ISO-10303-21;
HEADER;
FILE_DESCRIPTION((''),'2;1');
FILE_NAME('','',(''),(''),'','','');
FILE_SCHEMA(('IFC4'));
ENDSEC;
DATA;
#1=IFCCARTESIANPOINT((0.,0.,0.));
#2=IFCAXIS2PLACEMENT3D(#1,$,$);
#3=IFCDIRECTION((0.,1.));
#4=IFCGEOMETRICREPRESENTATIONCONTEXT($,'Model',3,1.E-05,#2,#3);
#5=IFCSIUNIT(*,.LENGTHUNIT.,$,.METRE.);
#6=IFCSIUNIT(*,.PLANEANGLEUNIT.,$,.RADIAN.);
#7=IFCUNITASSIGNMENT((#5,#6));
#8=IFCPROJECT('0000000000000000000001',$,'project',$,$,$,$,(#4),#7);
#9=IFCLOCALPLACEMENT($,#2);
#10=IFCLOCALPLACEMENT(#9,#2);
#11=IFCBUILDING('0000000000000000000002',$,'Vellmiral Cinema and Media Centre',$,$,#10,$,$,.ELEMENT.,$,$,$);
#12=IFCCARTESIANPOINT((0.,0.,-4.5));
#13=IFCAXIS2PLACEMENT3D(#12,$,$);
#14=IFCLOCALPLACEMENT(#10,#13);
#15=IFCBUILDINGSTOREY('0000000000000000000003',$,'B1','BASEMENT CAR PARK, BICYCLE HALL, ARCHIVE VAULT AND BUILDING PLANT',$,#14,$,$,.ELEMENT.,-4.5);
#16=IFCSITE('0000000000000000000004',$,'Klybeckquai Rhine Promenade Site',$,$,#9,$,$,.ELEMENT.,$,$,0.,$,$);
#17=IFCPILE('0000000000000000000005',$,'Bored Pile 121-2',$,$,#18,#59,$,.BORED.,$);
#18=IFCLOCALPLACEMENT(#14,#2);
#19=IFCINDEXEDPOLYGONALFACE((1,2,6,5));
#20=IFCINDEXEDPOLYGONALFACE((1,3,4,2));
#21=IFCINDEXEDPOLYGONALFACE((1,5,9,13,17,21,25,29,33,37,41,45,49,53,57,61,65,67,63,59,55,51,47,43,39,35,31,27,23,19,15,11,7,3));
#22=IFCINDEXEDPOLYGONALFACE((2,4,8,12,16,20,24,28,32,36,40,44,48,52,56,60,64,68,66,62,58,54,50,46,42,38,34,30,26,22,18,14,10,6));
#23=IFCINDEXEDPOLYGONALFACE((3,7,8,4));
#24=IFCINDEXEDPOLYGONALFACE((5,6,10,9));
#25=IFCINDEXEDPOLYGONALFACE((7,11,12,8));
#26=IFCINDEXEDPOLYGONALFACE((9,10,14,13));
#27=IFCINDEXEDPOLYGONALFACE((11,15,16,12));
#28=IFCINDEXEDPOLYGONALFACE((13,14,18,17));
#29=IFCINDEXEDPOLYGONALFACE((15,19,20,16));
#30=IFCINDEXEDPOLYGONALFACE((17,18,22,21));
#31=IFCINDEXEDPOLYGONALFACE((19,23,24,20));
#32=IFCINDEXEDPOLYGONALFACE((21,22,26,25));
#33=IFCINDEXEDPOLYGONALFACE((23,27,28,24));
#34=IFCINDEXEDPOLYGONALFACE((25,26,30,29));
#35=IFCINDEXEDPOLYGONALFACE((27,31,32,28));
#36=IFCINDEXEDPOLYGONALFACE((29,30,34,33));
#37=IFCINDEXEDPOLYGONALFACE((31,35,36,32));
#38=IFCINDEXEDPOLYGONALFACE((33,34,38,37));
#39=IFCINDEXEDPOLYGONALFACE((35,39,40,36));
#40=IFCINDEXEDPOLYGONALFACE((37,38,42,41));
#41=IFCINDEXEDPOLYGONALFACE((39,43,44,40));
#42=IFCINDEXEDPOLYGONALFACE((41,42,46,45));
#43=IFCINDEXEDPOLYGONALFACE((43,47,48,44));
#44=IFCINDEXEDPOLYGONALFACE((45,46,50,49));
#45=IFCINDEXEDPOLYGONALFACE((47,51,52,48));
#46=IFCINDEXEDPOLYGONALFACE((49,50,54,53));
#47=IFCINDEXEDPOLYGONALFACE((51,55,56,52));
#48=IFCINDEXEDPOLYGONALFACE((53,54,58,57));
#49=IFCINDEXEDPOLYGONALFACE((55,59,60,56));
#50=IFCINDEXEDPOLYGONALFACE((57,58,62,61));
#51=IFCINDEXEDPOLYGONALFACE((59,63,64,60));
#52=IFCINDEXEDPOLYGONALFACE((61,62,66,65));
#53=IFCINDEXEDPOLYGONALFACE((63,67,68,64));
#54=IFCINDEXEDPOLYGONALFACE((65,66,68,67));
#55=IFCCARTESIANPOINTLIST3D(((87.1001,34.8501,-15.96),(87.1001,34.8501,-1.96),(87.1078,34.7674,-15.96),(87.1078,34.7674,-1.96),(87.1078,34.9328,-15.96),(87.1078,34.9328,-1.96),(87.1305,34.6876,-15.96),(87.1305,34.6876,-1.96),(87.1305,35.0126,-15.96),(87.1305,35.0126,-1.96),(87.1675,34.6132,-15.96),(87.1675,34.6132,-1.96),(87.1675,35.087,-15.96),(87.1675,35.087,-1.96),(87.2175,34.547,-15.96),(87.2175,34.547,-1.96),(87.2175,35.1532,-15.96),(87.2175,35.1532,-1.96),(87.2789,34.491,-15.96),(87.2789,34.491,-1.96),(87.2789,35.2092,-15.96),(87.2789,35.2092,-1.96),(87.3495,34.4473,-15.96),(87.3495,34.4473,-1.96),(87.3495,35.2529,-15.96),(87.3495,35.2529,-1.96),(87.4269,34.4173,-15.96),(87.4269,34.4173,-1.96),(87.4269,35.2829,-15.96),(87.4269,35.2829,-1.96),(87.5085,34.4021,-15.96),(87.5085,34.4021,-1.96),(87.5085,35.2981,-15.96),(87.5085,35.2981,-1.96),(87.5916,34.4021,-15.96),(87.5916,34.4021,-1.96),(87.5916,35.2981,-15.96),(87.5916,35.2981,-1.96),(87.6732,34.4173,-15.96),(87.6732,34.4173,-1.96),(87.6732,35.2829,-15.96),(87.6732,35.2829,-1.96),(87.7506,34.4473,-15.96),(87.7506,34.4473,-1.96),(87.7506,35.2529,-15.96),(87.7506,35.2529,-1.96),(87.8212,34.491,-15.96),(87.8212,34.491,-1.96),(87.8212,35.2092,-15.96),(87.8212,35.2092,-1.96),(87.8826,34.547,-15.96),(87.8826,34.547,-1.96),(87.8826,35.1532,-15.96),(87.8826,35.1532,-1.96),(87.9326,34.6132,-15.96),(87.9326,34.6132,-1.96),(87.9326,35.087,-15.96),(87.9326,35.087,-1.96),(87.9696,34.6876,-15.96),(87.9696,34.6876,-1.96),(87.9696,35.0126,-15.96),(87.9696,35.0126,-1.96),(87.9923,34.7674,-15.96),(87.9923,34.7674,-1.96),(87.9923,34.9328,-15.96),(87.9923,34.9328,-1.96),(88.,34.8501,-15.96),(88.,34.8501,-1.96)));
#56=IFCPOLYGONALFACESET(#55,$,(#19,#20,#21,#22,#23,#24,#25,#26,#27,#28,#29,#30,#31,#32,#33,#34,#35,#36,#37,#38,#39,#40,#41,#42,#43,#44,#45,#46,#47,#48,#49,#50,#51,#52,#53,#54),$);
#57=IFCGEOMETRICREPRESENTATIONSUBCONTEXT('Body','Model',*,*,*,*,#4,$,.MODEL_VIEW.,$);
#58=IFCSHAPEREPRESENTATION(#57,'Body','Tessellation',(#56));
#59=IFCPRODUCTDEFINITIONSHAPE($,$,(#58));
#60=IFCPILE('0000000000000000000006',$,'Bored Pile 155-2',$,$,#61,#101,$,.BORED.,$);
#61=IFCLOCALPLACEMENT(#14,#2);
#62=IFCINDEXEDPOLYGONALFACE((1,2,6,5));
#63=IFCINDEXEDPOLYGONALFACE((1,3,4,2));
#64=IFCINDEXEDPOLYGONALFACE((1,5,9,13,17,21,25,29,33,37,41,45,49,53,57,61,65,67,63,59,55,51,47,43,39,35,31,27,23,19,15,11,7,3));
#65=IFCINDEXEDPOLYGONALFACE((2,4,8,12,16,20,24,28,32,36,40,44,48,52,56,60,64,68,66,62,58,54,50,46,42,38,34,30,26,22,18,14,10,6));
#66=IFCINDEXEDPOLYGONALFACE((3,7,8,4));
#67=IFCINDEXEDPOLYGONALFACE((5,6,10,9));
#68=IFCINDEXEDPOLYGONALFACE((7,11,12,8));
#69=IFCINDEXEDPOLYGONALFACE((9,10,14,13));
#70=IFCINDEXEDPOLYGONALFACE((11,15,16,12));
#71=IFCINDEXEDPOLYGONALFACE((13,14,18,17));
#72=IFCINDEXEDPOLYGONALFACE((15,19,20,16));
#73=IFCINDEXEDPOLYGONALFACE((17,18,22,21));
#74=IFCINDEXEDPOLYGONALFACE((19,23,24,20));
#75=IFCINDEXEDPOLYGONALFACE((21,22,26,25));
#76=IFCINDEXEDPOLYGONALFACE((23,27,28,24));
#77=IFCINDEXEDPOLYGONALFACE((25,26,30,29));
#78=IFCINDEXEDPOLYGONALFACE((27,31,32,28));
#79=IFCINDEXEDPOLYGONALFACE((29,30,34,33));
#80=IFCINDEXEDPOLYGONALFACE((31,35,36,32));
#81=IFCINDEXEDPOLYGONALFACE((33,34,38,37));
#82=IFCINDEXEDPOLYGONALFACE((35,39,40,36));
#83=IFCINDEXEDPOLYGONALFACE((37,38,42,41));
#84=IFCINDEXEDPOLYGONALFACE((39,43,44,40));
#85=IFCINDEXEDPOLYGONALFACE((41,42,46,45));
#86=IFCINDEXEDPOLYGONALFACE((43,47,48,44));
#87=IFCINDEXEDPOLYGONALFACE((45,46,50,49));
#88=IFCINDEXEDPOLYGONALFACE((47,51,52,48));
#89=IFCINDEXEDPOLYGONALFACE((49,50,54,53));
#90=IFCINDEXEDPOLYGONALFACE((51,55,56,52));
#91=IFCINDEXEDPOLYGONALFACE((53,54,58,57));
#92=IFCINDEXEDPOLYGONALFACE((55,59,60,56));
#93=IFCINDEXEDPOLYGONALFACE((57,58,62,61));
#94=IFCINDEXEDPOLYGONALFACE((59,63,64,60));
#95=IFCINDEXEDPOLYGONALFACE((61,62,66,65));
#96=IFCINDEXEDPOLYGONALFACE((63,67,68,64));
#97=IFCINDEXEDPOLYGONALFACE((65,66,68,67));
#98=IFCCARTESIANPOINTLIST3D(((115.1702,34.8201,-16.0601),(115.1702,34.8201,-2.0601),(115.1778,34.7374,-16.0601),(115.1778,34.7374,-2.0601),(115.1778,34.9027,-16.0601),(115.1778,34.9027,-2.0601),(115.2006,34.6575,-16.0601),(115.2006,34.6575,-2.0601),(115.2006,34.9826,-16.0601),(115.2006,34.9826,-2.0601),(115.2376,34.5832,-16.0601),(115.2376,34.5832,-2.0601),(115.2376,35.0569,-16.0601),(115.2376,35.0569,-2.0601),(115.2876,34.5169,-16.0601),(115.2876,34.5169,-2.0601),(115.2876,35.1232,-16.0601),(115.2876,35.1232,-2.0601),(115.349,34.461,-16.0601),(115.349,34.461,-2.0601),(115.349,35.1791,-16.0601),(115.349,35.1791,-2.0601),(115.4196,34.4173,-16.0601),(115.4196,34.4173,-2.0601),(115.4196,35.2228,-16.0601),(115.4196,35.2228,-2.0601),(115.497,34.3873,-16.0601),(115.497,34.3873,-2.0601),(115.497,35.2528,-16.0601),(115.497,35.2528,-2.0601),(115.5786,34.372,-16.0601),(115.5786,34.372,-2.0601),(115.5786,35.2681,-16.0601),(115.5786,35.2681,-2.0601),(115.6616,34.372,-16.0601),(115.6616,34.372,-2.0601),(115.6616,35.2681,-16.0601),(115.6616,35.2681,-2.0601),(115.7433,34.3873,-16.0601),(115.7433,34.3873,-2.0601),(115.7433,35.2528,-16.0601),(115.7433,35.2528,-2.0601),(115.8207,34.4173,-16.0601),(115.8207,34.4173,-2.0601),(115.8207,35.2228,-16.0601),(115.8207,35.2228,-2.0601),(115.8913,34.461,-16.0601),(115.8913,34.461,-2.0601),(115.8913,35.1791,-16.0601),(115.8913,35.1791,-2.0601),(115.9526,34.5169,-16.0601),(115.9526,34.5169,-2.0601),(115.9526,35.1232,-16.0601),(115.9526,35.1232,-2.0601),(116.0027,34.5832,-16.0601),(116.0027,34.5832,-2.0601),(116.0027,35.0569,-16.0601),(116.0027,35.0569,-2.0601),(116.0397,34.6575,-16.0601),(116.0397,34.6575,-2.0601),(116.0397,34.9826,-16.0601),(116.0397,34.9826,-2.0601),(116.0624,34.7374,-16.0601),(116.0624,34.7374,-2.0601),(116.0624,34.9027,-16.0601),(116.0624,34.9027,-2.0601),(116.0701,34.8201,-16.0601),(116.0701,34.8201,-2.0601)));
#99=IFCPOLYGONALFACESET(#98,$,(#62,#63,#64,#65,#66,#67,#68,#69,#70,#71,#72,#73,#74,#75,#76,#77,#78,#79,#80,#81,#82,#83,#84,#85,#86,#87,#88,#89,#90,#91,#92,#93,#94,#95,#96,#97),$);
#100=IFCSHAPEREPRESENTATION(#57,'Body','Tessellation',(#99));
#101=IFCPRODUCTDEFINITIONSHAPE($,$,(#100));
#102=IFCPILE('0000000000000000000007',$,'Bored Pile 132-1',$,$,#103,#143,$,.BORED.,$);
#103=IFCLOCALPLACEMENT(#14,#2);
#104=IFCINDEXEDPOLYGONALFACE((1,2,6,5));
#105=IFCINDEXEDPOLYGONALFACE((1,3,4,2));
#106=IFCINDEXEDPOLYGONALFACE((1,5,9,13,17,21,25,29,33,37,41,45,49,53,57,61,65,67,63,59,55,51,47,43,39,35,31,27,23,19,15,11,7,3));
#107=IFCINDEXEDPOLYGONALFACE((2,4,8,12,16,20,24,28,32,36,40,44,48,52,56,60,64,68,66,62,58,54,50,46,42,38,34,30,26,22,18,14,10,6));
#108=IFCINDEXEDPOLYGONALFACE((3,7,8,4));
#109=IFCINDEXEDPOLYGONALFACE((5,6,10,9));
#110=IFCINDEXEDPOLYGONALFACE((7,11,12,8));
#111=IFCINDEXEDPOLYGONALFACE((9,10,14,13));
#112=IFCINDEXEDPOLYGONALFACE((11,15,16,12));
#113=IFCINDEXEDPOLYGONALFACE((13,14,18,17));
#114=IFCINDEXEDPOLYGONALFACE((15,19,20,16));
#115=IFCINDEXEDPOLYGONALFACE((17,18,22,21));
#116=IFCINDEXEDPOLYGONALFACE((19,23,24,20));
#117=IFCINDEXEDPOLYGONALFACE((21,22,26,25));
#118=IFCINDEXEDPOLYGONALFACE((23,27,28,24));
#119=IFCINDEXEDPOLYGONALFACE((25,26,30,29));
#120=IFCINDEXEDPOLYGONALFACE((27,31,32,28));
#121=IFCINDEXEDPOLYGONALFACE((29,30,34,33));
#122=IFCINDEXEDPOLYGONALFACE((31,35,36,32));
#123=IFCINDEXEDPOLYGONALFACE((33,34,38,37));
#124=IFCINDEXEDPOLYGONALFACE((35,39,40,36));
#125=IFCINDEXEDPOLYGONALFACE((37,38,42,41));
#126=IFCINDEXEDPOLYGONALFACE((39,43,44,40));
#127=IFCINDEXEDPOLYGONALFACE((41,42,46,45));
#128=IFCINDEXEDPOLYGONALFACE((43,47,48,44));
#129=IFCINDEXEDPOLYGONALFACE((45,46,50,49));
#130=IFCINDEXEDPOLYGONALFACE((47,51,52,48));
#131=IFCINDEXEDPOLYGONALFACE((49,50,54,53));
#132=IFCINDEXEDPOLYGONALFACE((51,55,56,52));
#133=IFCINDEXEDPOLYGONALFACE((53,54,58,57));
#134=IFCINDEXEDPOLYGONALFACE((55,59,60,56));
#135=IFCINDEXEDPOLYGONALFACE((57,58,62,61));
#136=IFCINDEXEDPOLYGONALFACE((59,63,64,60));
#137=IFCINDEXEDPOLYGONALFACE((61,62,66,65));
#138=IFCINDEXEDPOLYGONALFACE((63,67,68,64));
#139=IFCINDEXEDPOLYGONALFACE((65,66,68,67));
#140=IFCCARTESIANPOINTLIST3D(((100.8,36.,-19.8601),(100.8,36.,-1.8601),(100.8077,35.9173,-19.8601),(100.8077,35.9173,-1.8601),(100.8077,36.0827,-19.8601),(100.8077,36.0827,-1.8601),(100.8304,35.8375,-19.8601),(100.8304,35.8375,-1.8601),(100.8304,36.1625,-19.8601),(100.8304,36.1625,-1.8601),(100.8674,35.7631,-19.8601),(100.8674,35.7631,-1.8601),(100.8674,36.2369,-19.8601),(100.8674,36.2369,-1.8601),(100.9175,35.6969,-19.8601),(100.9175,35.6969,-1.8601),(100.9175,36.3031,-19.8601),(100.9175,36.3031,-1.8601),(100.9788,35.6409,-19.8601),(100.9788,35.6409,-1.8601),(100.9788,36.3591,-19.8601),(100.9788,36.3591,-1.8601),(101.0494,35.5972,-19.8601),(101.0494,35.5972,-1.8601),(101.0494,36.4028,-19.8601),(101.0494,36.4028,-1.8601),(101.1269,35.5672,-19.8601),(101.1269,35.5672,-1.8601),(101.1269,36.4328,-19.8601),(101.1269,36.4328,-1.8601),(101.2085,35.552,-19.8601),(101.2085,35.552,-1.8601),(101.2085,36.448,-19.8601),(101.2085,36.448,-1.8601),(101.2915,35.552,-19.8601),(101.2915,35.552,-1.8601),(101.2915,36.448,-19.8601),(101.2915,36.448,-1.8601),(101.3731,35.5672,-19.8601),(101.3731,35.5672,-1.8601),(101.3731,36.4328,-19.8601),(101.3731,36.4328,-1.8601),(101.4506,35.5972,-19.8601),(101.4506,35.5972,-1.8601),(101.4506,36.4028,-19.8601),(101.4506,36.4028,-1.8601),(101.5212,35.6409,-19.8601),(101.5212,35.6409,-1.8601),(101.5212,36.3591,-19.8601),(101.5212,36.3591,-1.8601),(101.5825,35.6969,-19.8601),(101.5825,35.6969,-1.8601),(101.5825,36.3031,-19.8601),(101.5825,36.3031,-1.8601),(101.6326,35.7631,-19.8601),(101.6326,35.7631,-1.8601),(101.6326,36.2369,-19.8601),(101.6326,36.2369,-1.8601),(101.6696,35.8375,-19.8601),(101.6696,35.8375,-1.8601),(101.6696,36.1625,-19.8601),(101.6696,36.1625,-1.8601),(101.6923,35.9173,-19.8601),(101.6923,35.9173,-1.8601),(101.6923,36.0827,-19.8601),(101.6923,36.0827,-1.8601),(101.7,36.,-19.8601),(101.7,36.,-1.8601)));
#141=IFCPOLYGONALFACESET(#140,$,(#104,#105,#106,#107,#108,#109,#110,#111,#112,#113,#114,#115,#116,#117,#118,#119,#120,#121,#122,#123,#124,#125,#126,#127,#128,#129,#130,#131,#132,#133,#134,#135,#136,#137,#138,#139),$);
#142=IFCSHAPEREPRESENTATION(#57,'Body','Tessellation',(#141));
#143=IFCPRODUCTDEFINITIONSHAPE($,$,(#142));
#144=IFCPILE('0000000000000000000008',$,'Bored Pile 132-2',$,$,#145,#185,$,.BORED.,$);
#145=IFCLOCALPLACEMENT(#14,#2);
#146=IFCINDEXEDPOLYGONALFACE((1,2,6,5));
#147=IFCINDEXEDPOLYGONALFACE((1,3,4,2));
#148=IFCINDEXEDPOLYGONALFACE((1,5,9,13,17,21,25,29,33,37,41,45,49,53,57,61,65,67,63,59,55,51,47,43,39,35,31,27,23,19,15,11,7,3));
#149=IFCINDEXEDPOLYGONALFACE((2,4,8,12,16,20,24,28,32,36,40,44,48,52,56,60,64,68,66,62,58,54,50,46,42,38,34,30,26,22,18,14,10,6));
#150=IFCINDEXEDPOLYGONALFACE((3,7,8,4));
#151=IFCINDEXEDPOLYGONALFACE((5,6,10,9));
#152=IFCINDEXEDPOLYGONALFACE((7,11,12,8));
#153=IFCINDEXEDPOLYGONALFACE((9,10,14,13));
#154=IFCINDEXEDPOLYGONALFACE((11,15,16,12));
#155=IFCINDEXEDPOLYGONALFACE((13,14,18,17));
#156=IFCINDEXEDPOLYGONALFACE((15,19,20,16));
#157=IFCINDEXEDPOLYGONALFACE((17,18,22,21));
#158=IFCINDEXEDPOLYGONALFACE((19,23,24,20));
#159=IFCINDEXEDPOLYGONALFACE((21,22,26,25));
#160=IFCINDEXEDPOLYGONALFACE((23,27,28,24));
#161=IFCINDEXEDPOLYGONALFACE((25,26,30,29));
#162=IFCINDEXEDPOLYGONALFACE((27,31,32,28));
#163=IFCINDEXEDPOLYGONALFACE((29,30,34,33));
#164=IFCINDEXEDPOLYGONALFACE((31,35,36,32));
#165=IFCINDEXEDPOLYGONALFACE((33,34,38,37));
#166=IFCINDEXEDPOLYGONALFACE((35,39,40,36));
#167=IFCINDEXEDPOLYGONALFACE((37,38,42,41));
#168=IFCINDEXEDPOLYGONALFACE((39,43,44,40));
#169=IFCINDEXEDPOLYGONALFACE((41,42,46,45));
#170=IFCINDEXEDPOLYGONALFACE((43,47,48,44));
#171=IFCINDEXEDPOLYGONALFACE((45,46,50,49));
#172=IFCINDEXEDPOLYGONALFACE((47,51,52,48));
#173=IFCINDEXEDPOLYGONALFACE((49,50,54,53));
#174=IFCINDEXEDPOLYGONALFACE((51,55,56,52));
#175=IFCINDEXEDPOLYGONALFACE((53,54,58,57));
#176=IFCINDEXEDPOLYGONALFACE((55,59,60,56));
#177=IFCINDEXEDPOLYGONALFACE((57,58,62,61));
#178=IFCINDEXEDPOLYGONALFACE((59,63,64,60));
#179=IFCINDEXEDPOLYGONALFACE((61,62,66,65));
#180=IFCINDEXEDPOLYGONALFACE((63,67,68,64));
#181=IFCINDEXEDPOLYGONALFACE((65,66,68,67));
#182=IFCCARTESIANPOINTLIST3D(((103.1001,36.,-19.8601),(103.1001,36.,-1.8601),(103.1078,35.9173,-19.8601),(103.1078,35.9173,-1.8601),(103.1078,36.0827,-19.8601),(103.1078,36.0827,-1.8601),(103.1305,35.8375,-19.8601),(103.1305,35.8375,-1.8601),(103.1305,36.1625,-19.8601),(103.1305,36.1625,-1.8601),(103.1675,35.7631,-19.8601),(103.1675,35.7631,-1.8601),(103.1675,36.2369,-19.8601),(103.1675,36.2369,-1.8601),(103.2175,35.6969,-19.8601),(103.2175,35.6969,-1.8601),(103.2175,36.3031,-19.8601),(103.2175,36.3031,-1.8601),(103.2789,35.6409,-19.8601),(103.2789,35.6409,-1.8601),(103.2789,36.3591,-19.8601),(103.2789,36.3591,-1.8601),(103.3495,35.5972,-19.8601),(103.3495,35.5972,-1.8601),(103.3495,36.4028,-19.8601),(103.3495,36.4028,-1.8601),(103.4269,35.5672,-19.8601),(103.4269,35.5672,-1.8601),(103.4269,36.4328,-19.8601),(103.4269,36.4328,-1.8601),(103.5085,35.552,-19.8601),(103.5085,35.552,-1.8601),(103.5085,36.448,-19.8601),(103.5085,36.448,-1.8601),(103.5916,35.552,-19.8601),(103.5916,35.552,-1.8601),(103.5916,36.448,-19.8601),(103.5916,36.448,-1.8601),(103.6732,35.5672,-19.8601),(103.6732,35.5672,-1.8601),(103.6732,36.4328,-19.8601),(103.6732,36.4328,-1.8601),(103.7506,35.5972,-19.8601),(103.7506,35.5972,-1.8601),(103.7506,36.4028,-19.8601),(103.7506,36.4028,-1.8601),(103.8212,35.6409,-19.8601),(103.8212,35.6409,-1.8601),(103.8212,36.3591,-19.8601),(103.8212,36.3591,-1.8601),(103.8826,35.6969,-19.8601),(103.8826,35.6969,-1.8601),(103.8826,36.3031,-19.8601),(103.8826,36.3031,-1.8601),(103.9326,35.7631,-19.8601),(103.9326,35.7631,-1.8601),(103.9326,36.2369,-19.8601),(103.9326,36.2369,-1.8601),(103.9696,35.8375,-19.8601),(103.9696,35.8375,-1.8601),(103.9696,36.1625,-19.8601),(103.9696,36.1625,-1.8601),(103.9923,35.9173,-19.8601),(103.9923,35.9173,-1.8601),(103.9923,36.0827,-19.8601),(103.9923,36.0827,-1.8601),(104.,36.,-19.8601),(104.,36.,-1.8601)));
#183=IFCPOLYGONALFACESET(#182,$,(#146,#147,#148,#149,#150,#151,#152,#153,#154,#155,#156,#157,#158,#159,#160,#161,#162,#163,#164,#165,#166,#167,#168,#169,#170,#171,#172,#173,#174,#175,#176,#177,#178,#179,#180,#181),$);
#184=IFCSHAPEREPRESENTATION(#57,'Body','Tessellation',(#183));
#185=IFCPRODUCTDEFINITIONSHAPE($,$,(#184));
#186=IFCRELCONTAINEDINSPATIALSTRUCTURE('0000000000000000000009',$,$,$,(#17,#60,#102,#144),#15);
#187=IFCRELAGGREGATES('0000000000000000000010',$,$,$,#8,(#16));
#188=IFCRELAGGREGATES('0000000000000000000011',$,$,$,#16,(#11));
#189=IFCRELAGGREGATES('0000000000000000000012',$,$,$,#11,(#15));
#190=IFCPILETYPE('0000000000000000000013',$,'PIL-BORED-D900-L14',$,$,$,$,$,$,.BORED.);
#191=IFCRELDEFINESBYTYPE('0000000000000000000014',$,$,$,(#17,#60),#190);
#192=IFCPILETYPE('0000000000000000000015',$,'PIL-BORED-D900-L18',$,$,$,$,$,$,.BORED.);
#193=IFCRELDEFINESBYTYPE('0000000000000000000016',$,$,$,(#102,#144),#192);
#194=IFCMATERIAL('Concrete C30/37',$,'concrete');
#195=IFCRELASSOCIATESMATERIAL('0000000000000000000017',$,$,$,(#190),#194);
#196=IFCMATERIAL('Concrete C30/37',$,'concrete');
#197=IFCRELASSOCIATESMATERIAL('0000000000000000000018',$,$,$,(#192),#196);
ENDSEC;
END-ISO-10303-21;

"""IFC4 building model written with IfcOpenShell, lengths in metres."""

from ifc_helpers import new_model, si_unit, direction, frame, origin, origin_2d, place, context, subcontext, project, spatial, circle, extrude, material, material_profile, profile_set, type_object, element, save


model = new_model("IFC4")

# Units and contexts
model_context = context("Model", 3, precision=1e-05, world=origin(), true_north=direction((0.0, 1.0)))
body_context = subcontext(model_context, "Body", "Model", "MODEL_VIEW")
ifc_project = project(units=[si_unit("LENGTHUNIT", "METRE"), si_unit("PLANEANGLEUNIT", "RADIAN")], contexts=[model_context])

# Site, building, storey
site_placement = place(None, origin())
site = spatial("IfcSite", under=ifc_project, at=site_placement, Name="Klybeckquai Rhine Promenade Site", CompositionType="ELEMENT", RefElevation=0.0)
building_placement = place(site_placement, origin())
building = spatial("IfcBuilding", under=site, at=building_placement, Name="Vellmiral Cinema and Media Centre", CompositionType="ELEMENT")
storey_placement = place(building_placement, frame((0.0, 0.0, -4.5)))
storey = spatial("IfcBuildingStorey", under=building, at=storey_placement, Name="B1", Description="BASEMENT CAR PARK, BICYCLE HALL, ARCHIVE VAULT AND BUILDING PLANT", CompositionType="ELEMENT", Elevation=-4.5)

# Piles
ifc_material_1 = material(Name="Concrete C30/37", Category="concrete")
ifc_material_profile_1 = material_profile(ifc_material_1, circle(Radius=0.45, at=origin_2d()), Name="PILE D900")
ifc_profile_set_1 = profile_set([ifc_material_profile_1], Name="Concrete C30/37")
pile_type_1 = type_object("IfcPileType", Name="PIL-BORED-D900-L14", PredefinedType="BORED", material=ifc_profile_set_1)
for number, where, z_axis, x_axis, name in (
    (1, (87.55, 34.8501, -1.96), (0.0, 0.0, -1.0), (1.0, 0.0, 0.0), "Bored Pile 121-2"),
    (2, (115.6201, 34.8201, -2.0601), (0.0, 0.0, -1.0), (1.0, 0.0, 0.0), "Bored Pile 155-2"),
):
    element("IfcPile", number, at=place(storey_placement, frame(where, z_axis=z_axis, x_axis=x_axis)), inside=storey, type_object=pile_type_1, Name=name, PredefinedType="BORED", context=body_context, shape_type="SweptSolid", body=[
        extrude(circle(Radius=0.45, at=origin_2d()), origin(), (0.0, 0.0, 1.0), 14.0),
    ])
ifc_material_2 = material(Name="Concrete C30/37", Category="concrete")
ifc_material_profile_2 = material_profile(ifc_material_2, circle(Radius=0.45, at=origin_2d()), Name="PILE D900")
ifc_profile_set_2 = profile_set([ifc_material_profile_2], Name="Concrete C30/37")
pile_type_2 = type_object("IfcPileType", Name="PIL-BORED-D900-L18", PredefinedType="BORED", material=ifc_profile_set_2)
for number, where, z_axis, x_axis, name in (
    (3, (101.25, 36.0, -1.8601), (0.0, 0.0, -1.0), (1.0, 0.0, 0.0), "Bored Pile 132-1"),
    (4, (103.55, 36.0, -1.8601), (0.0, 0.0, -1.0), (1.0, 0.0, 0.0), "Bored Pile 132-2"),
):
    element("IfcPile", number, at=place(storey_placement, frame(where, z_axis=z_axis, x_axis=x_axis)), inside=storey, type_object=pile_type_2, Name=name, PredefinedType="BORED", context=body_context, shape_type="SweptSolid", body=[
        extrude(circle(Radius=0.45, at=origin_2d()), origin(), (0.0, 0.0, 1.0), 18.0),
    ])

save(model, "model.ifc")
